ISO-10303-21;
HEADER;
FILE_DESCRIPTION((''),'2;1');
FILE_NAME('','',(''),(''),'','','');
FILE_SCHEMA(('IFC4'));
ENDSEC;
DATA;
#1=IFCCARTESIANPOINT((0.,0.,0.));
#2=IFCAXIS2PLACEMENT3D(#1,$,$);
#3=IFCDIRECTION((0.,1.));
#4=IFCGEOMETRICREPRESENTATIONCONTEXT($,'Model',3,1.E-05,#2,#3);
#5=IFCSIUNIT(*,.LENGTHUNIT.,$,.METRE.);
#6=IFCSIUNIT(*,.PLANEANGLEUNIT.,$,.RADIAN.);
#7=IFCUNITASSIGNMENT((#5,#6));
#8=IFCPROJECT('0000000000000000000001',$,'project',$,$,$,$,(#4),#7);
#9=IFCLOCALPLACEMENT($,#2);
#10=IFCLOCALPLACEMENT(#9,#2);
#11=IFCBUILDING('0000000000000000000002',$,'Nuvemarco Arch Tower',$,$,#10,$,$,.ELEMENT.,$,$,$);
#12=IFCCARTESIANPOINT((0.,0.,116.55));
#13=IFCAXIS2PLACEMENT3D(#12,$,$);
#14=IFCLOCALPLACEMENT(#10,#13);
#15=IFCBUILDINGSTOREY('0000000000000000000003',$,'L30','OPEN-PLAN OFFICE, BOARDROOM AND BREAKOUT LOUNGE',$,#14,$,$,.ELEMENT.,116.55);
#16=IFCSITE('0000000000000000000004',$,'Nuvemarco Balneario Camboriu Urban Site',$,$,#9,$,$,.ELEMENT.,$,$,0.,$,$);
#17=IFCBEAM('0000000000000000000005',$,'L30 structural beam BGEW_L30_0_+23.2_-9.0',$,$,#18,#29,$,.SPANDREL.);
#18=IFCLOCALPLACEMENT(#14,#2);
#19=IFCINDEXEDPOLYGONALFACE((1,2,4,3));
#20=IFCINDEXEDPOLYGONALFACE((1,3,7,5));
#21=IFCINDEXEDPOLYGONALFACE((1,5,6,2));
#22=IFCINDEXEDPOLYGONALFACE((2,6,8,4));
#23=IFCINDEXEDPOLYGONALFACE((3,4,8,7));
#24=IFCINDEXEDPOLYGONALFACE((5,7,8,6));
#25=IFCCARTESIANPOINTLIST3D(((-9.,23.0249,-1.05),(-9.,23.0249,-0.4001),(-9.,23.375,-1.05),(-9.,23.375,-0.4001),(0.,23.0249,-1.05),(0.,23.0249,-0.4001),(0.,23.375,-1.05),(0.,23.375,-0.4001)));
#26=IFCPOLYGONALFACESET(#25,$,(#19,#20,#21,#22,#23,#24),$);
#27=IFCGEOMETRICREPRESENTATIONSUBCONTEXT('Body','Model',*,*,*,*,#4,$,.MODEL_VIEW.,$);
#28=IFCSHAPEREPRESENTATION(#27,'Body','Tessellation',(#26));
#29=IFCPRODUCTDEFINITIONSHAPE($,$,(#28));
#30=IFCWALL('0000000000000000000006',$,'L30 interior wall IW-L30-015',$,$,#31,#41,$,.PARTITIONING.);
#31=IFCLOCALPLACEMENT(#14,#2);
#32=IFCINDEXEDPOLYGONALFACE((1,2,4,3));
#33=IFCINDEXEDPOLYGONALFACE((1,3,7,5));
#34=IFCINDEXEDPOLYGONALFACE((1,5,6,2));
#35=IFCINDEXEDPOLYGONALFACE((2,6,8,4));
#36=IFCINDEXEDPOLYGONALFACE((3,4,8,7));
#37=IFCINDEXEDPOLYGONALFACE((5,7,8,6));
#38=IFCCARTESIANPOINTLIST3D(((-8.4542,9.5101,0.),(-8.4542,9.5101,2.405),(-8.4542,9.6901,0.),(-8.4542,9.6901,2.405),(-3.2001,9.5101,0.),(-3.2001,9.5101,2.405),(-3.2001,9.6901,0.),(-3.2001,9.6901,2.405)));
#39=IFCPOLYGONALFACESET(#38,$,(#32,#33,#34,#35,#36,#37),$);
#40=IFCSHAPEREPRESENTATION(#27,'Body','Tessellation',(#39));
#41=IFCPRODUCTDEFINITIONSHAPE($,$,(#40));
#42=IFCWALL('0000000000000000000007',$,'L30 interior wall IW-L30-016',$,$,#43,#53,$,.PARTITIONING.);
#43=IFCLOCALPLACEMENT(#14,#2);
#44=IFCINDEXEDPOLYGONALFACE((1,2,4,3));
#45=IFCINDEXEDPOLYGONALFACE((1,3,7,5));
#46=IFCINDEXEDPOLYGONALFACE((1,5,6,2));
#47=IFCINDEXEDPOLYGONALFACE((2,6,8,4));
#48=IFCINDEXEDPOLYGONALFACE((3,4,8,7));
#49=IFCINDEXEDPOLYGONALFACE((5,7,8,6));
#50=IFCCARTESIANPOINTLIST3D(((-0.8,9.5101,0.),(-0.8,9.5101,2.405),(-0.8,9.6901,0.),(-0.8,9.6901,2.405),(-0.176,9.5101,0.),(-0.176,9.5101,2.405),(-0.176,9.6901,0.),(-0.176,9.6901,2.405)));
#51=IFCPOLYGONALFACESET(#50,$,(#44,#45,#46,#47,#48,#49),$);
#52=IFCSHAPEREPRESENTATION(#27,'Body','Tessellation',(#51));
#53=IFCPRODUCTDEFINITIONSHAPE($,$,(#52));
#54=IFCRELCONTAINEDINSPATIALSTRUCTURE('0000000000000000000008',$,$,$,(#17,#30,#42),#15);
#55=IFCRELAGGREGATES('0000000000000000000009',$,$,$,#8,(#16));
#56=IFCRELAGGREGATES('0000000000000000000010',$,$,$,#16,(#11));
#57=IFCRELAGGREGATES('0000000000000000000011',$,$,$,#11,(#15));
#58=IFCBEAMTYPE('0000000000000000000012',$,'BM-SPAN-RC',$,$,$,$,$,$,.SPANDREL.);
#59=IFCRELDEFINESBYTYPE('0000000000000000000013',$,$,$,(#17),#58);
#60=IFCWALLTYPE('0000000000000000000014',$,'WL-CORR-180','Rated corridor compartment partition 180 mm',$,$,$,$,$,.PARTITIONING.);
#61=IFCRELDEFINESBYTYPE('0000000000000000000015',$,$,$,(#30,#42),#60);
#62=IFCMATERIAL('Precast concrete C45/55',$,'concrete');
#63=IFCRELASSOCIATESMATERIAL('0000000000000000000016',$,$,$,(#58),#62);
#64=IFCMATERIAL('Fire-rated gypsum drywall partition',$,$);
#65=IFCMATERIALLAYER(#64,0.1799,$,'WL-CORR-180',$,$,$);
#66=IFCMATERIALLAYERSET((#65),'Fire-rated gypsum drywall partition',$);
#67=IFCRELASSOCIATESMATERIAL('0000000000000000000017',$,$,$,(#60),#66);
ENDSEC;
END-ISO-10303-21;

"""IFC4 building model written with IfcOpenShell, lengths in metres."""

from ifc_helpers import new_model, si_unit, direction, frame, frame_2d, origin, origin_2d, place, context, subcontext, project, spatial, rectangle, extrude, material, layer, layer_set, material_profile, profile_set, type_object, element, save


model = new_model("IFC4")

# Units and contexts
model_context = context("Model", 3, precision=1e-05, world=origin(), true_north=direction((0.0, 1.0)))
body_context = subcontext(model_context, "Body", "Model", "MODEL_VIEW")
ifc_project = project(units=[si_unit("LENGTHUNIT", "METRE"), si_unit("PLANEANGLEUNIT", "RADIAN")], contexts=[model_context])

# Site, building, storey
site_placement = place(None, origin())
site = spatial("IfcSite", under=ifc_project, at=site_placement, Name="Nuvemarco Balneario Camboriu Urban Site", CompositionType="ELEMENT", RefElevation=0.0)
building_placement = place(site_placement, origin())
building = spatial("IfcBuilding", under=site, at=building_placement, Name="Nuvemarco Arch Tower", CompositionType="ELEMENT")
storey_placement = place(building_placement, frame((0.0, 0.0, 116.55)))
storey = spatial("IfcBuildingStorey", under=building, at=storey_placement, Name="L30", Description="OPEN-PLAN OFFICE, BOARDROOM AND BREAKOUT LOUNGE", CompositionType="ELEMENT", Elevation=116.55)

# Beam
ifc_material_1 = material(Name="Precast concrete C45/55", Category="concrete")
ifc_material_profile_1 = material_profile(ifc_material_1, rectangle(XDim=0.3501, YDim=0.6499, at=origin_2d()), Name="PC-SP-350x650")
ifc_profile_set_1 = profile_set([ifc_material_profile_1], Name="Precast concrete C45/55")
beam_type_1 = type_object("IfcBeamType", Name="BM-SPAN-RC", PredefinedType="SPANDREL", material=ifc_profile_set_1)
beam_1_placement = place(storey_placement, frame((-9.0, 23.2, -0.7251), z_axis=(1.0, 0.0, 0.0), x_axis=(0.0, 1.0, 0.0)))
element("IfcBeam", 1, at=beam_1_placement, inside=storey, type_object=beam_type_1, Name="L30 structural beam BGEW_L30_0_+23.2_-9.0", PredefinedType="SPANDREL", context=body_context, shape_type="SweptSolid", body=[
    extrude(rectangle(XDim=0.3501, YDim=0.6499, at=origin_2d()), origin(), (0.0, 0.0, 1.0), 9.0),
])

# Walls
ifc_material_2 = material(Name="Fire-rated gypsum drywall partition")
ifc_layer_1 = layer(ifc_material_2, 0.1799, Name="WL-CORR-180")
ifc_layer_set_1 = layer_set([ifc_layer_1], Name="Fire-rated gypsum drywall partition")
wall_type_1 = type_object("IfcWallType", Name="WL-CORR-180", Description="Rated corridor compartment partition 180 mm", PredefinedType="PARTITIONING", material=ifc_layer_set_1)
wall_1_placement = place(storey_placement, frame((-8.4541, 9.6001, 0.0), z_axis=(0.0, 0.0, 1.0), x_axis=(1.0, 0.0, 0.0)))
element("IfcWall", 2, at=wall_1_placement, inside=storey, type_object=wall_type_1, Name="L30 interior wall IW-L30-015", PredefinedType="PARTITIONING", context=body_context, shape_type="SweptSolid", body=[
    extrude(rectangle(XDim=5.2542, YDim=0.1799, at=frame_2d((2.627, 0.0))), origin(), (0.0, 0.0, 1.0), 2.405),
])
wall_2_placement = place(storey_placement, frame((-0.8, 9.6001, 0.0), z_axis=(0.0, 0.0, 1.0), x_axis=(1.0, 0.0, 0.0)))
element("IfcWall", 3, at=wall_2_placement, inside=storey, type_object=wall_type_1, Name="L30 interior wall IW-L30-016", PredefinedType="PARTITIONING", context=body_context, shape_type="SweptSolid", body=[
    extrude(rectangle(XDim=0.624, YDim=0.1799, at=frame_2d((0.312, 0.0))), origin(), (0.0, 0.0, 1.0), 2.405),
])

save(model, "model.ifc")
